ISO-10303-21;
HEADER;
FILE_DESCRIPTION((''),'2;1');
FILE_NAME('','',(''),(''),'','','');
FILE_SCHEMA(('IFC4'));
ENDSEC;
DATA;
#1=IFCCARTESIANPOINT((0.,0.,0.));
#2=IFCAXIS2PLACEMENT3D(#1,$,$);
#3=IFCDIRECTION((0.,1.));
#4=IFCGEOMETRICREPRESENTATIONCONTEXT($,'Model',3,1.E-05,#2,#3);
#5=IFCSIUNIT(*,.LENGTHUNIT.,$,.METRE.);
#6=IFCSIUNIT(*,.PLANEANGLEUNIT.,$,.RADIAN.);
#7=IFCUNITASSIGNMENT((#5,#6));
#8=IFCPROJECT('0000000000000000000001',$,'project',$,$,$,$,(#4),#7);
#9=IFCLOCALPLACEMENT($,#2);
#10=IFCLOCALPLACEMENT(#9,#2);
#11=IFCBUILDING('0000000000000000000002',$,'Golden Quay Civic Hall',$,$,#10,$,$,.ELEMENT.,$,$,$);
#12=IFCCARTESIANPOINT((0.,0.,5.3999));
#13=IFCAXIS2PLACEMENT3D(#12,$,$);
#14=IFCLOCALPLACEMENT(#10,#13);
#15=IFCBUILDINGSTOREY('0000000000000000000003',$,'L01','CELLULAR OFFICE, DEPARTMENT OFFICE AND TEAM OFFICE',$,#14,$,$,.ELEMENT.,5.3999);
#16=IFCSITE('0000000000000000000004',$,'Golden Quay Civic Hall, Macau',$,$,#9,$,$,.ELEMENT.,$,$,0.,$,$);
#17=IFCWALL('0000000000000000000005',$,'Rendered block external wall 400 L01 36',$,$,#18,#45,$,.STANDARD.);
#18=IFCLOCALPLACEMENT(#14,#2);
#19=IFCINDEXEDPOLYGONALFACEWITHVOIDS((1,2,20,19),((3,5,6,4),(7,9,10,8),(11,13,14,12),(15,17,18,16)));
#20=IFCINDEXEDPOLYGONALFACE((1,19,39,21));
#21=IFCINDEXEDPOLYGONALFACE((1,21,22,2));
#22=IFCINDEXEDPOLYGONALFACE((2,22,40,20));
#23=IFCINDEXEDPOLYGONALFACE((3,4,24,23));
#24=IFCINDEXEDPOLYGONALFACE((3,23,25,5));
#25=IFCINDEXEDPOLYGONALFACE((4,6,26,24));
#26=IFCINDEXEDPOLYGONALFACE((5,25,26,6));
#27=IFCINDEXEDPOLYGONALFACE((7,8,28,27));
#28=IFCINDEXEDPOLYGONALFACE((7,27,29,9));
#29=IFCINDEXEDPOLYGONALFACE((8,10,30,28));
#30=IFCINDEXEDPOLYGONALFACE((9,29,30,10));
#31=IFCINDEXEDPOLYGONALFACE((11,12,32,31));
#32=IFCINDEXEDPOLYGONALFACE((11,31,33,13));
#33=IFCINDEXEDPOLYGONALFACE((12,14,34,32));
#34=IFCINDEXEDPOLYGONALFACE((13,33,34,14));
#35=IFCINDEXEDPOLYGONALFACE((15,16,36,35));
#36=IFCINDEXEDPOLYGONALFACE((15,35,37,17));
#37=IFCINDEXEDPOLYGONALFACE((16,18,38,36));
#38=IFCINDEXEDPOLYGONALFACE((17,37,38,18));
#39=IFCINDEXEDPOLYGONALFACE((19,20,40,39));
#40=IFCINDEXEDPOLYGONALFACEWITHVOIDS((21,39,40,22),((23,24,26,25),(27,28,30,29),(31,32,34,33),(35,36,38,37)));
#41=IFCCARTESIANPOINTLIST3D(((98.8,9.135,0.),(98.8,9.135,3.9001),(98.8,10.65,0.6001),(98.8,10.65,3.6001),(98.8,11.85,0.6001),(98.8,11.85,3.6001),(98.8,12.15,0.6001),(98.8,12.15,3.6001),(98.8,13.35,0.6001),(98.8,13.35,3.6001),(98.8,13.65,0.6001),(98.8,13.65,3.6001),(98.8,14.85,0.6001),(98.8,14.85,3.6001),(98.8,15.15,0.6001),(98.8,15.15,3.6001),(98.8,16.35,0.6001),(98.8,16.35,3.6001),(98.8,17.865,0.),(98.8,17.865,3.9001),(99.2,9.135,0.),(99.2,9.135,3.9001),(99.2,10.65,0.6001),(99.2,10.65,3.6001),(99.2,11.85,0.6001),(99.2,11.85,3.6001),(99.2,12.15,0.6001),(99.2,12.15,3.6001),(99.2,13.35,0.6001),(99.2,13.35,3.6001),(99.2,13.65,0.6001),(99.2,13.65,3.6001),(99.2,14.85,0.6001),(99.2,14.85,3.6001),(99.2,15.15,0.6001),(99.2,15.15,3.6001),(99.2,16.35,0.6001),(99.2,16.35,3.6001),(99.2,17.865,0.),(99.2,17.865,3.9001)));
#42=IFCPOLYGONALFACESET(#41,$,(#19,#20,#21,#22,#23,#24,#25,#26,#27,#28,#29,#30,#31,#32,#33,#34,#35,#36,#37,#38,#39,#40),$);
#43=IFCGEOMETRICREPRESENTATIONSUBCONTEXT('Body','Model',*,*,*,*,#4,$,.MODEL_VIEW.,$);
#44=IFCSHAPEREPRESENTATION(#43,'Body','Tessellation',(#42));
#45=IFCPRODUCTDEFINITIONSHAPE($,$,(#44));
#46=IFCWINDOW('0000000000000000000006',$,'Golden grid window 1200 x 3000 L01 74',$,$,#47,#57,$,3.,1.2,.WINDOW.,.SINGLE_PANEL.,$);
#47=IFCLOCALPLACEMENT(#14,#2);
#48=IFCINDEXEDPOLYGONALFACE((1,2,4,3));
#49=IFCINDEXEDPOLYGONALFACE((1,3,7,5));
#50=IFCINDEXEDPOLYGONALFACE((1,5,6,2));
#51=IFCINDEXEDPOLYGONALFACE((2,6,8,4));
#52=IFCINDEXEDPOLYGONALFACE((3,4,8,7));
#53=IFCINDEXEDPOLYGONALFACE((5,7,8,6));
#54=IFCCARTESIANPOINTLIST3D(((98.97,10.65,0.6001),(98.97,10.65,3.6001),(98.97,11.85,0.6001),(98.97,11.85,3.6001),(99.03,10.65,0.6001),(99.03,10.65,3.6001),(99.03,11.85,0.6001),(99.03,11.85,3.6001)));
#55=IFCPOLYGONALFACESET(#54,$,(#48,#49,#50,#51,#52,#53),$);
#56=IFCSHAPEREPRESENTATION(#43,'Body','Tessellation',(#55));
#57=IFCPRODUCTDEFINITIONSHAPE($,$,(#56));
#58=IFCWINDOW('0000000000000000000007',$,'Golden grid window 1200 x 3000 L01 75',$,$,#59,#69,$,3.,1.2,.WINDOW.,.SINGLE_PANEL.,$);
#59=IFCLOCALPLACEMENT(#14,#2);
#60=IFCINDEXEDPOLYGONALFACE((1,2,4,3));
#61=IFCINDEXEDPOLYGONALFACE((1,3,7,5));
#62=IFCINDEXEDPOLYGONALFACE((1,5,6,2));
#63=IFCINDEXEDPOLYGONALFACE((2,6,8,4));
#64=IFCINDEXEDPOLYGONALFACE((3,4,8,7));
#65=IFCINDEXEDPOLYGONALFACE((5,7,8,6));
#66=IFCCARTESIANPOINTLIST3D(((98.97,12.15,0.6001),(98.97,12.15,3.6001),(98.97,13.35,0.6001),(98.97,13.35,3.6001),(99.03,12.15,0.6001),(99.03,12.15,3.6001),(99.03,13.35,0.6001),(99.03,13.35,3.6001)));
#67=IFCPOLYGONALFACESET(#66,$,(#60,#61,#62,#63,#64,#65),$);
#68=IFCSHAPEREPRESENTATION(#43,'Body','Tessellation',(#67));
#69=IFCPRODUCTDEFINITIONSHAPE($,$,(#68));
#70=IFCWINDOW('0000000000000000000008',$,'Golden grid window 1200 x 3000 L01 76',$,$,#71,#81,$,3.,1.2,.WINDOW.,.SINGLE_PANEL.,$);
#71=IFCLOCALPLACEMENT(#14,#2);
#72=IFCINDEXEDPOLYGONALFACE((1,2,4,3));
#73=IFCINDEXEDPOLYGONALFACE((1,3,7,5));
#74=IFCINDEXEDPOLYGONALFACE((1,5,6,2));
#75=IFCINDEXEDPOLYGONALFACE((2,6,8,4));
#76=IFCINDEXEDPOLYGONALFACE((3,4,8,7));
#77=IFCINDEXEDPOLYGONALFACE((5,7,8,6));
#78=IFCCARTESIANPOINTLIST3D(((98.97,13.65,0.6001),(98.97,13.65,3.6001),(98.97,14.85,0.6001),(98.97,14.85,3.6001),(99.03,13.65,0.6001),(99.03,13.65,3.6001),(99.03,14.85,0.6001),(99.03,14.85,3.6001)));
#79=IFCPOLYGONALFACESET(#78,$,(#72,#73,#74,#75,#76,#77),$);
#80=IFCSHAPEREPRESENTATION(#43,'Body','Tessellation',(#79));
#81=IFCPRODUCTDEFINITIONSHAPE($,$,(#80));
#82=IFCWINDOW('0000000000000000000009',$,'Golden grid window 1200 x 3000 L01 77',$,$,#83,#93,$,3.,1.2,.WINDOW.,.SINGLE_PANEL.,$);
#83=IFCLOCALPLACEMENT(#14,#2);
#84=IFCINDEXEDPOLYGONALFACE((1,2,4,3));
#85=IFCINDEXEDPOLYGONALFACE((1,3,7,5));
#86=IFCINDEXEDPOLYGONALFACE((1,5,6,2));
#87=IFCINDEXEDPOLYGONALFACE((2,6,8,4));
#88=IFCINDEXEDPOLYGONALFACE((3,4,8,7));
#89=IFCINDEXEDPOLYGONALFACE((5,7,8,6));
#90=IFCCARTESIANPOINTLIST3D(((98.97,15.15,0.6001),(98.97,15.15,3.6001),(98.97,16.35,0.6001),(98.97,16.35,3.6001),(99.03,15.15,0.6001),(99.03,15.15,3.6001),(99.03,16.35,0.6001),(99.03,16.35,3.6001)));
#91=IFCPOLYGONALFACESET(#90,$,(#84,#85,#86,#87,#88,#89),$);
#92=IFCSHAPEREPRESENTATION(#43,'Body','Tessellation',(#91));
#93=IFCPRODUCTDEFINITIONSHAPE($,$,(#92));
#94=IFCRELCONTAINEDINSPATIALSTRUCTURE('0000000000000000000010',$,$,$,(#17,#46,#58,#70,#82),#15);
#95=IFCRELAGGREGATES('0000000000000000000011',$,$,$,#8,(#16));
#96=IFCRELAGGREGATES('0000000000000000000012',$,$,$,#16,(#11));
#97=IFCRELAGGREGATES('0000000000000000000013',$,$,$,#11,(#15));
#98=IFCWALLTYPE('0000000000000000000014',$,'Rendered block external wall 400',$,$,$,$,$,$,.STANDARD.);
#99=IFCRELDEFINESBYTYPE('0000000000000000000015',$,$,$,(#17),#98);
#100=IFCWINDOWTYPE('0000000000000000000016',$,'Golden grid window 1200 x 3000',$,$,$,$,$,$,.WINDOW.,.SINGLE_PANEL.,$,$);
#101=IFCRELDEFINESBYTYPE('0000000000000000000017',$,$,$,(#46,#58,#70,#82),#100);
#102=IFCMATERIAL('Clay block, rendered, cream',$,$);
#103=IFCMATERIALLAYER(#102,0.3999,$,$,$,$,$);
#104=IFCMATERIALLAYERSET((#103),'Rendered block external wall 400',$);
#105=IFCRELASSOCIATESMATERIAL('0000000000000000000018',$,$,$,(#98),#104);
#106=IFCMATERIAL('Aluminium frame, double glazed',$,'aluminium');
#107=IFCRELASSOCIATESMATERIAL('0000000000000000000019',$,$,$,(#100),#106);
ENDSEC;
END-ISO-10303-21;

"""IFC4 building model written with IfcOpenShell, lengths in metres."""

from ifc_helpers import new_model, si_unit, direction, frame, frame_2d, origin, place, context, subcontext, project, spatial, rectangle, extrude, material, layer, layer_set, type_object, element, fill, save


model = new_model("IFC4")

# Units and contexts
model_context = context("Model", 3, precision=1e-05, world=origin(), true_north=direction((0.0, 1.0)))
body_context = subcontext(model_context, "Body", "Model", "MODEL_VIEW")
ifc_project = project(units=[si_unit("LENGTHUNIT", "METRE"), si_unit("PLANEANGLEUNIT", "RADIAN")], contexts=[model_context])

# Site, building, storey
site_placement = place(None, origin())
site = spatial("IfcSite", under=ifc_project, at=site_placement, Name="Golden Quay Civic Hall, Macau", CompositionType="ELEMENT", RefElevation=0.0)
building_placement = place(site_placement, origin())
building = spatial("IfcBuilding", under=site, at=building_placement, Name="Golden Quay Civic Hall", CompositionType="ELEMENT")
storey_placement = place(building_placement, frame((0.0, 0.0, 5.3999)))
storey = spatial("IfcBuildingStorey", under=building, at=storey_placement, Name="L01", Description="CELLULAR OFFICE, DEPARTMENT OFFICE AND TEAM OFFICE", CompositionType="ELEMENT", Elevation=5.3999)

# Wall, openings, windows
ifc_material_1 = material(Name="Clay block, rendered, cream")
ifc_layer_1 = layer(ifc_material_1, 0.3999)
ifc_layer_set_1 = layer_set([ifc_layer_1], Name="Rendered block external wall 400")
wall_type_1 = type_object("IfcWallType", Name="Rendered block external wall 400", PredefinedType="STANDARD", material=ifc_layer_set_1)
wall_1_placement = place(storey_placement, frame((99.0, 9.135, 0.0), z_axis=(0.0, 0.0, 1.0), x_axis=(0.0, 1.0, 0.0)))
wall_1 = element("IfcWall", 1, at=wall_1_placement, inside=storey, type_object=wall_type_1, Name="Rendered block external wall 400 L01 36", PredefinedType="STANDARD", context=body_context, shape_type="SweptSolid", body=[
    extrude(rectangle(XDim=8.73, YDim=0.3999, at=frame_2d((4.365, 0.0))), origin(), (0.0, 0.0, 1.0), 3.9001),
])
opening_1_placement = place(wall_1_placement, frame((1.5149, 0.0, 0.6001)))
opening_1 = element("IfcOpeningElement", 2, at=opening_1_placement, cuts=wall_1, PredefinedType="OPENING", context=body_context, shape_type="SweptSolid", body=[
    extrude(rectangle(XDim=1.2, YDim=3.0, at=frame_2d((0.6001, 1.5))), frame((0.0, 0.21, 0.0), z_axis=(0.0, -1.0, 0.0), x_axis=(1.0, 0.0, 0.0)), (0.0, 0.0, 1.0), 0.4199),
])
opening_2_placement = place(wall_1_placement, frame((3.0149, 0.0, 0.6001)))
opening_2 = element("IfcOpeningElement", 3, at=opening_2_placement, cuts=wall_1, PredefinedType="OPENING", context=body_context, shape_type="SweptSolid", body=[
    extrude(rectangle(XDim=1.2, YDim=3.0, at=frame_2d((0.6001, 1.5))), frame((0.0, 0.21, 0.0), z_axis=(0.0, -1.0, 0.0), x_axis=(1.0, 0.0, 0.0)), (0.0, 0.0, 1.0), 0.4199),
])
opening_3_placement = place(wall_1_placement, frame((4.5149, 0.0, 0.6001)))
opening_3 = element("IfcOpeningElement", 4, at=opening_3_placement, cuts=wall_1, PredefinedType="OPENING", context=body_context, shape_type="SweptSolid", body=[
    extrude(rectangle(XDim=1.2, YDim=3.0, at=frame_2d((0.6001, 1.5))), frame((0.0, 0.21, 0.0), z_axis=(0.0, -1.0, 0.0), x_axis=(1.0, 0.0, 0.0)), (0.0, 0.0, 1.0), 0.4199),
])
opening_4_placement = place(wall_1_placement, frame((6.0149, 0.0, 0.6001)))
opening_4 = element("IfcOpeningElement", 5, at=opening_4_placement, cuts=wall_1, PredefinedType="OPENING", context=body_context, shape_type="SweptSolid", body=[
    extrude(rectangle(XDim=1.2, YDim=3.0, at=frame_2d((0.6001, 1.5))), frame((0.0, 0.21, 0.0), z_axis=(0.0, -1.0, 0.0), x_axis=(1.0, 0.0, 0.0)), (0.0, 0.0, 1.0), 0.4199),
])
ifc_material_2 = material(Name="Aluminium frame, double glazed", Category="aluminium")
window_type = type_object("IfcWindowType", Name="Golden grid window 1200 x 3000", PartitioningType="SINGLE_PANEL", PredefinedType="WINDOW", material=ifc_material_2)
window_1_placement = place(opening_1_placement, origin())
window_1 = element("IfcWindow", 6, at=window_1_placement, inside=storey, type_object=window_type, Name="Golden grid window 1200 x 3000 L01 74", OverallHeight=3.0, OverallWidth=1.2, PartitioningType="SINGLE_PANEL", PredefinedType="WINDOW", context=body_context, shape_type="SweptSolid", body=[
    extrude(rectangle(XDim=1.2, YDim=3.0, at=frame_2d((0.6001, 1.5))), frame((0.0, 0.03, 0.0), z_axis=(0.0, -1.0, 0.0), x_axis=(1.0, 0.0, 0.0)), (0.0, 0.0, 1.0), 0.0601),
])
fill(opening_1, window_1)
window_2_placement = place(opening_2_placement, origin())
window_2 = element("IfcWindow", 7, at=window_2_placement, inside=storey, type_object=window_type, Name="Golden grid window 1200 x 3000 L01 75", OverallHeight=3.0, OverallWidth=1.2, PartitioningType="SINGLE_PANEL", PredefinedType="WINDOW", context=body_context, shape_type="SweptSolid", body=[
    extrude(rectangle(XDim=1.2, YDim=3.0, at=frame_2d((0.6001, 1.5))), frame((0.0, 0.03, 0.0), z_axis=(0.0, -1.0, 0.0), x_axis=(1.0, 0.0, 0.0)), (0.0, 0.0, 1.0), 0.0601),
])
fill(opening_2, window_2)
window_3_placement = place(opening_3_placement, origin())
window_3 = element("IfcWindow", 8, at=window_3_placement, inside=storey, type_object=window_type, Name="Golden grid window 1200 x 3000 L01 76", OverallHeight=3.0, OverallWidth=1.2, PartitioningType="SINGLE_PANEL", PredefinedType="WINDOW", context=body_context, shape_type="SweptSolid", body=[
    extrude(rectangle(XDim=1.2, YDim=3.0, at=frame_2d((0.6001, 1.5))), frame((0.0, 0.03, 0.0), z_axis=(0.0, -1.0, 0.0), x_axis=(1.0, 0.0, 0.0)), (0.0, 0.0, 1.0), 0.0601),
])
fill(opening_3, window_3)
window_4_placement = place(opening_4_placement, origin())
window_4 = element("IfcWindow", 9, at=window_4_placement, inside=storey, type_object=window_type, Name="Golden grid window 1200 x 3000 L01 77", OverallHeight=3.0, OverallWidth=1.2, PartitioningType="SINGLE_PANEL", PredefinedType="WINDOW", context=body_context, shape_type="SweptSolid", body=[
    extrude(rectangle(XDim=1.2, YDim=3.0, at=frame_2d((0.6001, 1.5))), frame((0.0, 0.03, 0.0), z_axis=(0.0, -1.0, 0.0), x_axis=(1.0, 0.0, 0.0)), (0.0, 0.0, 1.0), 0.0601),
])
fill(opening_4, window_4)

save(model, "model.ifc")
